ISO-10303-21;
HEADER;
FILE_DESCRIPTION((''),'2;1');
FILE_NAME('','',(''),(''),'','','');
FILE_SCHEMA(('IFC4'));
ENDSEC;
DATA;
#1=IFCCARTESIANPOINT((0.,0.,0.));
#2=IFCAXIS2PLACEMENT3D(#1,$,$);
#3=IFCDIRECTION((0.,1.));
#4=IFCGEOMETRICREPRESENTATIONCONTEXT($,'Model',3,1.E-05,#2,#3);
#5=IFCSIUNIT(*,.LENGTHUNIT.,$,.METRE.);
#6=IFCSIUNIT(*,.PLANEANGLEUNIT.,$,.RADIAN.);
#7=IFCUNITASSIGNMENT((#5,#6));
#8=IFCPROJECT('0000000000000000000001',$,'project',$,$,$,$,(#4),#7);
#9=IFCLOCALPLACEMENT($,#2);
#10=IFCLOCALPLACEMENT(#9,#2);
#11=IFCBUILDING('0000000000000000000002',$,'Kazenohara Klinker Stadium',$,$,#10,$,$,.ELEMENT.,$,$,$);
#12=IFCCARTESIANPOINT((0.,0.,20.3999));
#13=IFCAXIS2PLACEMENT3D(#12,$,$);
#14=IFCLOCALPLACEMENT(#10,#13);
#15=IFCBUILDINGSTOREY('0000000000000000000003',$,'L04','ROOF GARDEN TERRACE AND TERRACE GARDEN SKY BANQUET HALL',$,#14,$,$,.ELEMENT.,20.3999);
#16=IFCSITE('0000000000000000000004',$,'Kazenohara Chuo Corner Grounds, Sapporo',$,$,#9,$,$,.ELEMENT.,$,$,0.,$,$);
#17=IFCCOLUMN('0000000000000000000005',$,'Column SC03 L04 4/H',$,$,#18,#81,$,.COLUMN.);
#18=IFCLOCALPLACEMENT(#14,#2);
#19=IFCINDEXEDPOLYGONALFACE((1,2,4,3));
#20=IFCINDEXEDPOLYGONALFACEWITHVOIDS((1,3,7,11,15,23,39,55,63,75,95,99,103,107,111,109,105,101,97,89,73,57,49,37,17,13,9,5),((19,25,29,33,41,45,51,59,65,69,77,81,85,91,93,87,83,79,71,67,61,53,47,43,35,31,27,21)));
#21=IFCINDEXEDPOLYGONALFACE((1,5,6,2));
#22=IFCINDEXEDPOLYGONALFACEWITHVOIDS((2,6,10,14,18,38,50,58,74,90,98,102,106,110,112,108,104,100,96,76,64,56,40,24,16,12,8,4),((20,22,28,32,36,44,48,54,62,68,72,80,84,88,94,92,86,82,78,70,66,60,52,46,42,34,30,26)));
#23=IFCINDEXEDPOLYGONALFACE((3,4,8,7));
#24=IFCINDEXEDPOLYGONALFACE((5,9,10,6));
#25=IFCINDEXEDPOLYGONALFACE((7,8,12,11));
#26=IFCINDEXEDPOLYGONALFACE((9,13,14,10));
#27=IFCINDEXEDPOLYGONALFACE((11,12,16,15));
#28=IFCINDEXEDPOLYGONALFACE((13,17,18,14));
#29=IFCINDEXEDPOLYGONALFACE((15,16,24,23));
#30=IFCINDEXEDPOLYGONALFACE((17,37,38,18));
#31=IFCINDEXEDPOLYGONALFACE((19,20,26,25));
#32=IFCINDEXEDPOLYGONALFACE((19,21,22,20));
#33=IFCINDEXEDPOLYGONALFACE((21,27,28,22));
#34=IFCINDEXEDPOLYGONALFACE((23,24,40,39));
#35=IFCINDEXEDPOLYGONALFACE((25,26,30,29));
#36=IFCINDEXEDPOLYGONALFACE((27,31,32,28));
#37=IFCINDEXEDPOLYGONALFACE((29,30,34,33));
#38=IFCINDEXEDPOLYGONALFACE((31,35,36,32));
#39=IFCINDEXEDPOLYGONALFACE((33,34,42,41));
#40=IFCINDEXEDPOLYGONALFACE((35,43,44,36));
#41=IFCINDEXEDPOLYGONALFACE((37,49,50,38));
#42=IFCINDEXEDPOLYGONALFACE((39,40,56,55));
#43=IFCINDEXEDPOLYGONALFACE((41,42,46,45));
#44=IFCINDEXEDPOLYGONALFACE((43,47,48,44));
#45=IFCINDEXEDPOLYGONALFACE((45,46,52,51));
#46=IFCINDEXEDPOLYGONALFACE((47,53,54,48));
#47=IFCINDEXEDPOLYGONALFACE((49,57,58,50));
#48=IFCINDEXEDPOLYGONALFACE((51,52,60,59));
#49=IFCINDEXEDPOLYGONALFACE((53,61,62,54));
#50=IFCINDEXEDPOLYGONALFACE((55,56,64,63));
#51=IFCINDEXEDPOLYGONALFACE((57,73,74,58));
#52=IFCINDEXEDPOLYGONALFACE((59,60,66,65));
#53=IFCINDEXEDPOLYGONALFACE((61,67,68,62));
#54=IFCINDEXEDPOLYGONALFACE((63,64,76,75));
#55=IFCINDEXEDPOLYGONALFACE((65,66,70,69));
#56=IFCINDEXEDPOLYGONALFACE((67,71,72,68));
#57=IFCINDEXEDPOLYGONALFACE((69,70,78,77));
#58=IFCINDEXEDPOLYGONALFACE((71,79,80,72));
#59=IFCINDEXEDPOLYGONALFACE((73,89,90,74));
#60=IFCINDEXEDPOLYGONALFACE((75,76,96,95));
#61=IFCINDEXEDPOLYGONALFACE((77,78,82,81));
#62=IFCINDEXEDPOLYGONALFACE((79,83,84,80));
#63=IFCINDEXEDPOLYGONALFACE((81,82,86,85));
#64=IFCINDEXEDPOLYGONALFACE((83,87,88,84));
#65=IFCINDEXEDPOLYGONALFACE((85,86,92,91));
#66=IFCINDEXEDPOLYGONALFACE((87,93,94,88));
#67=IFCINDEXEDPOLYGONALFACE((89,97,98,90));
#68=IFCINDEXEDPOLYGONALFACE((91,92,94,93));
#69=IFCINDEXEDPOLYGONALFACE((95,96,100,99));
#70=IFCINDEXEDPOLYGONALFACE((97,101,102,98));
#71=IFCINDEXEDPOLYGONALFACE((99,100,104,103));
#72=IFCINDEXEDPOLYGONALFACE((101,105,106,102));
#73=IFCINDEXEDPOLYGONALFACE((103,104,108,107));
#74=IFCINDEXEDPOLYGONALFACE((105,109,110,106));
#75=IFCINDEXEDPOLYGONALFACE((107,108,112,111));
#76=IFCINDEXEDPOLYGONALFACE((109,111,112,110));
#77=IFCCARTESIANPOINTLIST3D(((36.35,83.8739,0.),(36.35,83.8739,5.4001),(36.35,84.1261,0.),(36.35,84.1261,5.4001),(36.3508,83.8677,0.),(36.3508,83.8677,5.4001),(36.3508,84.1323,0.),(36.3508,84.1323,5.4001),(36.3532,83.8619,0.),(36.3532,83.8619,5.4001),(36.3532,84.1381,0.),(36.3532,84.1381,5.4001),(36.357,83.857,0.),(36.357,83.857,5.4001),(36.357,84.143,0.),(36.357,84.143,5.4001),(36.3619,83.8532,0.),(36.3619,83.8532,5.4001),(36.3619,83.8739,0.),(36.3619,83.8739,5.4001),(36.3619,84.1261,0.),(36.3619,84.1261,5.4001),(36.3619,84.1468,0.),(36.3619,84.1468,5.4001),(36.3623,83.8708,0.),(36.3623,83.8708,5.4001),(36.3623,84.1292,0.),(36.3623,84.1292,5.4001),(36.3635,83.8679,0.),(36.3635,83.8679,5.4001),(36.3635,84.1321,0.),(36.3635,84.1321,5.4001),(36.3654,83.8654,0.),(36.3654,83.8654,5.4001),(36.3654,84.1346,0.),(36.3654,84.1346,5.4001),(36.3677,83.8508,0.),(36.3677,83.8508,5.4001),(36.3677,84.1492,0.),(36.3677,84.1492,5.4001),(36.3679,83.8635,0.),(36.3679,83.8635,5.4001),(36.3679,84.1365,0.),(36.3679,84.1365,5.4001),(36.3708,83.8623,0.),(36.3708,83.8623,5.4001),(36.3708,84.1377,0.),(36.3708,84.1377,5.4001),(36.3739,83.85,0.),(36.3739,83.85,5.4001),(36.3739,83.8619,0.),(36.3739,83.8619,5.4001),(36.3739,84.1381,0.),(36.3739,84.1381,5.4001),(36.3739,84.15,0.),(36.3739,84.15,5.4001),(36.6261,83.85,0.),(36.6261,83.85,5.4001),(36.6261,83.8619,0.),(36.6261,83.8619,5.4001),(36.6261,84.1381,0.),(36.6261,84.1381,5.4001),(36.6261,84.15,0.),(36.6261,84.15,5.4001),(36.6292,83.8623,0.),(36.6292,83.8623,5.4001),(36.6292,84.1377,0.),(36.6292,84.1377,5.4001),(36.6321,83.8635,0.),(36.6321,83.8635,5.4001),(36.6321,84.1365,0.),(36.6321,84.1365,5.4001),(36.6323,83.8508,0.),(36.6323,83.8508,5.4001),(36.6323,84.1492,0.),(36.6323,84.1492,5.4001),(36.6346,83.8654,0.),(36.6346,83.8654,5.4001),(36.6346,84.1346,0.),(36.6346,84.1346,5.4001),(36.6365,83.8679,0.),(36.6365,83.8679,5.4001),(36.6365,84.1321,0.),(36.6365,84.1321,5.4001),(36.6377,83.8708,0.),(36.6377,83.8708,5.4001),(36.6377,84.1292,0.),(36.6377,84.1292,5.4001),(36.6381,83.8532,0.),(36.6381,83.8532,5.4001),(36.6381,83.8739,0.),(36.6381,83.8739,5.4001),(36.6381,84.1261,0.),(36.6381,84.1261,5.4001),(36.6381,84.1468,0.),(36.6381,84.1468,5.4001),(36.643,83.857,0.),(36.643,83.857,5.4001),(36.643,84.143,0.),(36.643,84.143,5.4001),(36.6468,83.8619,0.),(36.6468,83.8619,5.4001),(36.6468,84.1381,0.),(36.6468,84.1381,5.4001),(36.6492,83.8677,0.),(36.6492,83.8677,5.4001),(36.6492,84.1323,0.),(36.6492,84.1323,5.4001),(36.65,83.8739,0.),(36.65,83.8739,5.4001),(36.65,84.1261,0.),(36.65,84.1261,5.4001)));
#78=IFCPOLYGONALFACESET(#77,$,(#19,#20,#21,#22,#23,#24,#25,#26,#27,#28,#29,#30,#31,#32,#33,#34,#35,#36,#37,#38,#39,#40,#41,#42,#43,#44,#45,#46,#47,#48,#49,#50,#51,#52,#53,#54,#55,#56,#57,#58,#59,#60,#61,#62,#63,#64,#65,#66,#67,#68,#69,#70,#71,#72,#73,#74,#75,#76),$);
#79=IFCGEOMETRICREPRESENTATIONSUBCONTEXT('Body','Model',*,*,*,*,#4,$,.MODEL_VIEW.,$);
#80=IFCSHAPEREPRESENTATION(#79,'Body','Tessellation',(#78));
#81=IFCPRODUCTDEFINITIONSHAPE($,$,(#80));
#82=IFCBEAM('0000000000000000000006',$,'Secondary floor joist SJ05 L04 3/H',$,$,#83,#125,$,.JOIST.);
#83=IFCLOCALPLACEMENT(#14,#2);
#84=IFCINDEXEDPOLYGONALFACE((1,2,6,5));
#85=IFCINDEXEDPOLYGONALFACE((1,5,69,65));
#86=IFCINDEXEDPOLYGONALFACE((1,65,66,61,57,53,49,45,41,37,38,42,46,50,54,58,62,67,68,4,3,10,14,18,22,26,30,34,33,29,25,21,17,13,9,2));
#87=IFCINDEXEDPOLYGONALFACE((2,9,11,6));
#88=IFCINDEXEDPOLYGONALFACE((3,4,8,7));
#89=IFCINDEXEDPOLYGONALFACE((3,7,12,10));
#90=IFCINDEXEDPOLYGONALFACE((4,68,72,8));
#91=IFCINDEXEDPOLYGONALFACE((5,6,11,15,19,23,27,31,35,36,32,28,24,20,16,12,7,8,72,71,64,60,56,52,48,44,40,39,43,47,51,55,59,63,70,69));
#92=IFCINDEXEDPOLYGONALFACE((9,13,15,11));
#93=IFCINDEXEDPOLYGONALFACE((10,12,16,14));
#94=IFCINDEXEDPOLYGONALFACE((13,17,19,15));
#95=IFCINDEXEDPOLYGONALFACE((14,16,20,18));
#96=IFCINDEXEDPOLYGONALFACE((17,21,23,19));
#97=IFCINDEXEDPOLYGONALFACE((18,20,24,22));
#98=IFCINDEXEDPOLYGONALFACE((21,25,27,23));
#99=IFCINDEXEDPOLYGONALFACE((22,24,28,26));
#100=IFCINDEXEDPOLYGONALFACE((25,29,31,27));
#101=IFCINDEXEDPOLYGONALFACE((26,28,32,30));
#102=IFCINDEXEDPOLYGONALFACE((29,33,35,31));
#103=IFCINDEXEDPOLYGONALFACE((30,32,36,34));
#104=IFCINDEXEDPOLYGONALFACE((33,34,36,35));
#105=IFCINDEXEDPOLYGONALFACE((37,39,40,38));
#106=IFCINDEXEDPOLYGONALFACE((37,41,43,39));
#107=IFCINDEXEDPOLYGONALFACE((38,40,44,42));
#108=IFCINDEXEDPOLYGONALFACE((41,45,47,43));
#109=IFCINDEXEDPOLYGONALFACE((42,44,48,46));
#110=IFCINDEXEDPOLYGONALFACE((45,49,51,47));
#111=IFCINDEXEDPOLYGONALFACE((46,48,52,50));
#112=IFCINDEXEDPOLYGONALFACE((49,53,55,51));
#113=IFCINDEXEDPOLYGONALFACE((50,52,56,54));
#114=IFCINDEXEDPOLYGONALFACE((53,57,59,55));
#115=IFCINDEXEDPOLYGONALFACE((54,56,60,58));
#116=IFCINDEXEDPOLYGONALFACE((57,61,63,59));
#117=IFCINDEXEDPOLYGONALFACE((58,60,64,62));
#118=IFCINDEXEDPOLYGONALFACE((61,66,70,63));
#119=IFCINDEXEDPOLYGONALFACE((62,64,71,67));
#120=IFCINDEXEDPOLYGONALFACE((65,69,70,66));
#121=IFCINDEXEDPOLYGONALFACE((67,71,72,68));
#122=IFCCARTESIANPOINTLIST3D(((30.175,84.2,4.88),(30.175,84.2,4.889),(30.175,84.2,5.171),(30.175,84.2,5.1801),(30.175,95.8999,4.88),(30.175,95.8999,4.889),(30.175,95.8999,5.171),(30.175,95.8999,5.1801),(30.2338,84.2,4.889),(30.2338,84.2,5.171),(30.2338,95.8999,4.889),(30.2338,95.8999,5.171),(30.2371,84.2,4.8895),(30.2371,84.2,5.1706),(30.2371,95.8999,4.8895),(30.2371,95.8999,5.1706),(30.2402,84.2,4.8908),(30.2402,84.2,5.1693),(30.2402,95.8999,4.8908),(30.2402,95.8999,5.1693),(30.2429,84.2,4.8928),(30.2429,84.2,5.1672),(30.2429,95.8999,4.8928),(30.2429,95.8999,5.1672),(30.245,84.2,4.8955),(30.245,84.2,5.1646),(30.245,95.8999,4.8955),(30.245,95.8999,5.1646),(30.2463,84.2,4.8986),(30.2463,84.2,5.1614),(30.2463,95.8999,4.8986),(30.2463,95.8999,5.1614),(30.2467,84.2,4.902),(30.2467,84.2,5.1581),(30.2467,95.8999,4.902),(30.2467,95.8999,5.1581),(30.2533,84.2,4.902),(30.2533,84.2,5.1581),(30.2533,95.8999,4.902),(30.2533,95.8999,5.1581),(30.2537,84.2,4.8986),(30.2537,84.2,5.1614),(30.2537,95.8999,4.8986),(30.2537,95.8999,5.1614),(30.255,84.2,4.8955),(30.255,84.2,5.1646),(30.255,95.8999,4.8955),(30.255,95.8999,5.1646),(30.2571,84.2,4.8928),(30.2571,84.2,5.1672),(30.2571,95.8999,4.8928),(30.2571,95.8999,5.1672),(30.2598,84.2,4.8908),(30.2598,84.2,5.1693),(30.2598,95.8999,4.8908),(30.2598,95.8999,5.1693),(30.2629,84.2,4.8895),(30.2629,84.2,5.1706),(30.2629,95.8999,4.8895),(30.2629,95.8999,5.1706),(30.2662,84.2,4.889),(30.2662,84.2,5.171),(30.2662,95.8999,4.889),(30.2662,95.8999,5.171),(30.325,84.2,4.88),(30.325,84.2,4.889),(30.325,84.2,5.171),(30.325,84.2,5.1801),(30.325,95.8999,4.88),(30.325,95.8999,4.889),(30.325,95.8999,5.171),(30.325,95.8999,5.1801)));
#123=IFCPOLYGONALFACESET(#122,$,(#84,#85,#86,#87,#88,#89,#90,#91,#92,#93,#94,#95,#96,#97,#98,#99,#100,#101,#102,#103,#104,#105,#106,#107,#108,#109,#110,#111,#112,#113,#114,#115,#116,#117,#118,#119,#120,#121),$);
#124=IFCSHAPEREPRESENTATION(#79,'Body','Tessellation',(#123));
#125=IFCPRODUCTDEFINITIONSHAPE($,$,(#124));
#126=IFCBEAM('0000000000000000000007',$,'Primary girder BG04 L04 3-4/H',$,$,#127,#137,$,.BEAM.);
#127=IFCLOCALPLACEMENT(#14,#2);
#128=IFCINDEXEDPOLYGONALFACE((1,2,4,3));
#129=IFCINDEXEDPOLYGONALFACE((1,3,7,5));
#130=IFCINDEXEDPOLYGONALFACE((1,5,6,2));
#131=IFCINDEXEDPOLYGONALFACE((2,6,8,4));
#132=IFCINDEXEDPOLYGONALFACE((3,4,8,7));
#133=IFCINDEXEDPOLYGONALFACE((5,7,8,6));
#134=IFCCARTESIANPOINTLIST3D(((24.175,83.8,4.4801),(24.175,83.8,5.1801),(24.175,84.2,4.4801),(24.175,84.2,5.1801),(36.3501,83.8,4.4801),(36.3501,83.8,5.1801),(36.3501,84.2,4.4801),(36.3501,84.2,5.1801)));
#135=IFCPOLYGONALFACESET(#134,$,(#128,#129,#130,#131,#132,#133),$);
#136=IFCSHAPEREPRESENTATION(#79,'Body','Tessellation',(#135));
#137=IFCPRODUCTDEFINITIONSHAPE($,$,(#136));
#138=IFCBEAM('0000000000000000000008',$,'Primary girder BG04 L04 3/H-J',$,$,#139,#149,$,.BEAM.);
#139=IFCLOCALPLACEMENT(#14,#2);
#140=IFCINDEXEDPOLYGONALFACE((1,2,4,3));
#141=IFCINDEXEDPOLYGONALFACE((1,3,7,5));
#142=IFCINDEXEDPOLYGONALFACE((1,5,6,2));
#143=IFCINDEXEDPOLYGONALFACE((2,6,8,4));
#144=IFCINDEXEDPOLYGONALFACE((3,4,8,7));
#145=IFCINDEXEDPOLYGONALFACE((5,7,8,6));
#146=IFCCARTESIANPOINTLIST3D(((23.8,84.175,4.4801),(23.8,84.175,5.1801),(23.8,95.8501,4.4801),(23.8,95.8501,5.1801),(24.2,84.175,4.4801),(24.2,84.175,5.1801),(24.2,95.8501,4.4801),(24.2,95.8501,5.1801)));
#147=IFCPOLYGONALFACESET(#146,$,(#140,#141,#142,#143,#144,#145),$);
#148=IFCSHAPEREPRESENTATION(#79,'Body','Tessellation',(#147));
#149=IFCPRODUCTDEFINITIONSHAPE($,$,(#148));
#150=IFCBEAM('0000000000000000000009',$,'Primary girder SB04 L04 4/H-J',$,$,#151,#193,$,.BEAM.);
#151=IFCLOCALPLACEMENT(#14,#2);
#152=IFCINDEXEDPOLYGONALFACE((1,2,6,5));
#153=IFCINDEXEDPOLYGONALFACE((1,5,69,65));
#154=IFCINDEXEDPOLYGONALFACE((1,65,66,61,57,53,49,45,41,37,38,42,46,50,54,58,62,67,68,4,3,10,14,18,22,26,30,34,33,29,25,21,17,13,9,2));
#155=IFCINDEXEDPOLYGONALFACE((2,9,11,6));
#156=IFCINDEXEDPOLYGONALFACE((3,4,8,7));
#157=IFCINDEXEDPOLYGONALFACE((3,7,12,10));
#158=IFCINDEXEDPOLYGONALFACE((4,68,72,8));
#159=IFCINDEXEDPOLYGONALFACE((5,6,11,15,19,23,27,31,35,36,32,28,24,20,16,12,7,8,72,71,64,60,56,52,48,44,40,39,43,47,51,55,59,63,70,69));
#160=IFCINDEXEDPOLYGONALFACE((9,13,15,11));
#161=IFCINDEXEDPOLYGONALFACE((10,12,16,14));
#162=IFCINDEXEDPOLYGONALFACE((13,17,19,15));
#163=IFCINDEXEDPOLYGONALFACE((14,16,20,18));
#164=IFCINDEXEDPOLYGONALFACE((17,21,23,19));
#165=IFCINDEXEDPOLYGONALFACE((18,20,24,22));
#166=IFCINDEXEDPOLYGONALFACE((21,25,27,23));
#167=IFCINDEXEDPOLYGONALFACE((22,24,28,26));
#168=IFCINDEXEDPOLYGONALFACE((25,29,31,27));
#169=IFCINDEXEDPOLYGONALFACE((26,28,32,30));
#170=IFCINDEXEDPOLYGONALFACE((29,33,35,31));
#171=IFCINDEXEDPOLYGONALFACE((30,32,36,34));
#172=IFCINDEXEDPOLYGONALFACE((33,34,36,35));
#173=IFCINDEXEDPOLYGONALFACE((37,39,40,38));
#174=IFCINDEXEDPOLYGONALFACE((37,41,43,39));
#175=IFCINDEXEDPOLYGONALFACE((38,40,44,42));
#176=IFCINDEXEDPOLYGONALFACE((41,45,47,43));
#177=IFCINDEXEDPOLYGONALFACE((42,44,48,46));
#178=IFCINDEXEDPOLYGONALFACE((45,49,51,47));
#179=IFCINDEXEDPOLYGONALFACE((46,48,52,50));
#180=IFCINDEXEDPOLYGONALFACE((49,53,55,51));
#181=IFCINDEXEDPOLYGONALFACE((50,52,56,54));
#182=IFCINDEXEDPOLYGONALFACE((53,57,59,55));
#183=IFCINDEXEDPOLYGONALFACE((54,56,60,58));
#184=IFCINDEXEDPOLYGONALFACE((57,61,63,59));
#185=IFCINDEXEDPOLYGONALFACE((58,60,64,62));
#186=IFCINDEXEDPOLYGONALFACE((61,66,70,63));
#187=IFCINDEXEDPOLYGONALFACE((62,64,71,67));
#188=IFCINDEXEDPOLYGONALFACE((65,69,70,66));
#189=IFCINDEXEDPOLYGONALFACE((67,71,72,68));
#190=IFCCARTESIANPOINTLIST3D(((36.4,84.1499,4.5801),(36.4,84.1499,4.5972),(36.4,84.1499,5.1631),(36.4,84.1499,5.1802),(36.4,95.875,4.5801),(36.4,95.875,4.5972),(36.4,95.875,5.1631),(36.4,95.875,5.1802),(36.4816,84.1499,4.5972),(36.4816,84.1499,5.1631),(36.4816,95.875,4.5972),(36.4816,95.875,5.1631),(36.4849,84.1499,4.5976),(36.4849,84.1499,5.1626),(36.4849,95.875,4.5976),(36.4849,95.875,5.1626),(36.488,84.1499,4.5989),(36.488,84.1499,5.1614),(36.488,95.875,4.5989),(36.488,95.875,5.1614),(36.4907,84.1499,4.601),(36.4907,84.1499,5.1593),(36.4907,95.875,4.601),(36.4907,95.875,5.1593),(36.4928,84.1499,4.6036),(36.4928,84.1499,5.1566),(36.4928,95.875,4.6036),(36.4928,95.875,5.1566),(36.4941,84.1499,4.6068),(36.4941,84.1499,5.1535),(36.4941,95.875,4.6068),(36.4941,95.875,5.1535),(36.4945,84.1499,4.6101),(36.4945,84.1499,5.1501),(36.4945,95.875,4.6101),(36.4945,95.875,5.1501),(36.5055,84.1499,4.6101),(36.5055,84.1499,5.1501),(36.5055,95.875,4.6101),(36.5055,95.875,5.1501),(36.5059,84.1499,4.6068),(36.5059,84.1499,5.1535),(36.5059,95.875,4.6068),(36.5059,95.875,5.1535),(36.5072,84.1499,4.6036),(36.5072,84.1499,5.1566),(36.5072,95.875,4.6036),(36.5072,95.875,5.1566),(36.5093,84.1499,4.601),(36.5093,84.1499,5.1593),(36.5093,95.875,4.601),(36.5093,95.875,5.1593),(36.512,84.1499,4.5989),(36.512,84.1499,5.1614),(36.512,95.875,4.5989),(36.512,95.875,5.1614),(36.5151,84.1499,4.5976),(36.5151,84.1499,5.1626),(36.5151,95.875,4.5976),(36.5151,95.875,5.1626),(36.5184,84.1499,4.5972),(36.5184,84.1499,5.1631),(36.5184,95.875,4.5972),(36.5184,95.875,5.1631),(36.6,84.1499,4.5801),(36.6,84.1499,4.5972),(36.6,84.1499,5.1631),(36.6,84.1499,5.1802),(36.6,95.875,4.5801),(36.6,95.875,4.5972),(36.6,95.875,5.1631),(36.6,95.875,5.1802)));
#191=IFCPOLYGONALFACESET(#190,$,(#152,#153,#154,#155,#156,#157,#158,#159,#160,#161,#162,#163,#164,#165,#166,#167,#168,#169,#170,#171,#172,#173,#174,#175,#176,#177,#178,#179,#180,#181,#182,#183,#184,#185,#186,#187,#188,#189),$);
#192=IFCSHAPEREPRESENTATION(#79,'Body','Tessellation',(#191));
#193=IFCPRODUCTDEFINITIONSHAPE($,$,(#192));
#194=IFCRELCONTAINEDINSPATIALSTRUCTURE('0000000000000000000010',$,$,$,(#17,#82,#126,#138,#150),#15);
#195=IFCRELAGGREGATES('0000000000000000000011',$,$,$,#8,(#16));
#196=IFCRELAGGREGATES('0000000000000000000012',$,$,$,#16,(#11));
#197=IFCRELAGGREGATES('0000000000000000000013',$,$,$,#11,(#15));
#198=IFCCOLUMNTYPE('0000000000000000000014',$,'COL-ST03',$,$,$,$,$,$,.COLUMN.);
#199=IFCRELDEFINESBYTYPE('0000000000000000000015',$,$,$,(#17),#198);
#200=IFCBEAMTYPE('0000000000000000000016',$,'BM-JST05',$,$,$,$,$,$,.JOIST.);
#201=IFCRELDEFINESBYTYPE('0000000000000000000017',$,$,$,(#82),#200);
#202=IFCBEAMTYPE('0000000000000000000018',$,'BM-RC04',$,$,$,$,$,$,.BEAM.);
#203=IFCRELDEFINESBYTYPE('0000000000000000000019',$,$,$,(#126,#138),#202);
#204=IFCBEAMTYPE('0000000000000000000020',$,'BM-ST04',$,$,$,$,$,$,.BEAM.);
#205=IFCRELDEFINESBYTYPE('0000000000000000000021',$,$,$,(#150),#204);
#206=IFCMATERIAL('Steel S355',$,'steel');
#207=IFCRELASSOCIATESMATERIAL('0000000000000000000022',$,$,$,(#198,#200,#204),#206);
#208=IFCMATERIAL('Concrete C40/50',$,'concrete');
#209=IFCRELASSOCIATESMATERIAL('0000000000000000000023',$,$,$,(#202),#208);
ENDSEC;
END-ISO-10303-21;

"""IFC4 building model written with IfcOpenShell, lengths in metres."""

from ifc_helpers import new_model, si_unit, direction, frame, origin, origin_2d, place, context, subcontext, project, spatial, rectangle, hollow_rectangle, i_section, extrude, material, material_profile, profile_set, type_object, element, save


model = new_model("IFC4")

# Units and contexts
model_context = context("Model", 3, precision=1e-05, world=origin(), true_north=direction((0.0, 1.0)))
body_context = subcontext(model_context, "Body", "Model", "MODEL_VIEW")
ifc_project = project(units=[si_unit("LENGTHUNIT", "METRE"), si_unit("PLANEANGLEUNIT", "RADIAN")], contexts=[model_context])

# Site, building, storey
site_placement = place(None, origin())
site = spatial("IfcSite", under=ifc_project, at=site_placement, Name="Kazenohara Chuo Corner Grounds, Sapporo", CompositionType="ELEMENT", RefElevation=0.0)
building_placement = place(site_placement, origin())
building = spatial("IfcBuilding", under=site, at=building_placement, Name="Kazenohara Klinker Stadium", CompositionType="ELEMENT")
storey_placement = place(building_placement, frame((0.0, 0.0, 20.3999)))
storey = spatial("IfcBuildingStorey", under=building, at=storey_placement, Name="L04", Description="ROOF GARDEN TERRACE AND TERRACE GARDEN SKY BANQUET HALL", CompositionType="ELEMENT", Elevation=20.3999)

# Column
ifc_material_1 = material(Name="Steel S355", Category="steel")
ifc_material_profile_1 = material_profile(ifc_material_1, hollow_rectangle(XDim=0.3, YDim=0.3, WallThickness=0.012, InnerFilletRadius=0.012, OuterFilletRadius=0.0239, at=origin_2d()), Name="SHS-300x300x12")
ifc_profile_set_1 = profile_set([ifc_material_profile_1], Name="Steel S355")
column_type = type_object("IfcColumnType", Name="COL-ST03", PredefinedType="COLUMN", material=ifc_profile_set_1)
column_placement = place(storey_placement, frame((36.5, 84.0, 0.0), z_axis=(0.0, 0.0, 1.0), x_axis=(1.0, 0.0, 0.0)))
element("IfcColumn", 1, at=column_placement, inside=storey, type_object=column_type, Name="Column SC03 L04 4/H", PredefinedType="COLUMN", context=body_context, shape_type="SweptSolid", body=[
    extrude(hollow_rectangle(XDim=0.3, YDim=0.3, WallThickness=0.012, InnerFilletRadius=0.012, OuterFilletRadius=0.0239, at=origin_2d()), origin(), (0.0, 0.0, 1.0), 5.4001),
])

# Beams
ifc_material_profile_2 = material_profile(ifc_material_1, i_section(OverallWidth=0.1499, OverallDepth=0.3, WebThickness=0.0066, FlangeThickness=0.009, FilletRadius=0.0129, at=origin_2d()), Name="H-300x150x6.5x9")
ifc_profile_set_2 = profile_set([ifc_material_profile_2], Name="Steel S355")
beam_type_1 = type_object("IfcBeamType", Name="BM-JST05", PredefinedType="JOIST", material=ifc_profile_set_2)
beam_1_placement = place(storey_placement, frame((30.25, 84.2, 5.03), z_axis=(0.0, 1.0, 0.0), x_axis=(-1.0, 0.0, 0.0)))
element("IfcBeam", 2, at=beam_1_placement, inside=storey, type_object=beam_type_1, Name="Secondary floor joist SJ05 L04 3/H", PredefinedType="JOIST", context=body_context, shape_type="SweptSolid", body=[
    extrude(i_section(OverallWidth=0.1499, OverallDepth=0.3, WebThickness=0.0066, FlangeThickness=0.009, FilletRadius=0.0129, at=origin_2d()), origin(), (0.0, 0.0, 1.0), 11.7),
])
ifc_material_2 = material(Name="Concrete C40/50", Category="concrete")
ifc_material_profile_3 = material_profile(ifc_material_2, rectangle(XDim=0.3999, YDim=0.7, at=origin_2d()), Name="RC-BM-400x700")
ifc_profile_set_3 = profile_set([ifc_material_profile_3], Name="Concrete C40/50")
beam_type_2 = type_object("IfcBeamType", Name="BM-RC04", PredefinedType="BEAM", material=ifc_profile_set_3)
beam_2_placement = place(storey_placement, frame((24.175, 84.0, 4.8301), z_axis=(1.0, 0.0, 0.0), x_axis=(0.0, 1.0, 0.0)))
element("IfcBeam", 3, at=beam_2_placement, inside=storey, type_object=beam_type_2, Name="Primary girder BG04 L04 3-4/H", PredefinedType="BEAM", context=body_context, shape_type="SweptSolid", body=[
    extrude(rectangle(XDim=0.3999, YDim=0.7, at=origin_2d()), origin(), (0.0, 0.0, 1.0), 12.175),
])
beam_3_placement = place(storey_placement, frame((24.0, 84.175, 4.8301), z_axis=(0.0, 1.0, 0.0), x_axis=(-1.0, 0.0, 0.0)))
element("IfcBeam", 4, at=beam_3_placement, inside=storey, type_object=beam_type_2, Name="Primary girder BG04 L04 3/H-J", PredefinedType="BEAM", context=body_context, shape_type="SweptSolid", body=[
    extrude(rectangle(XDim=0.3999, YDim=0.7, at=origin_2d()), origin(), (0.0, 0.0, 1.0), 11.675),
])
ifc_material_profile_4 = material_profile(ifc_material_1, i_section(OverallWidth=0.2, OverallDepth=0.6001, WebThickness=0.011, FlangeThickness=0.0171, FilletRadius=0.0129, at=origin_2d()), Name="H-600x200x11x17")
ifc_profile_set_4 = profile_set([ifc_material_profile_4], Name="Steel S355")
beam_type_3 = type_object("IfcBeamType", Name="BM-ST04", PredefinedType="BEAM", material=ifc_profile_set_4)
beam_4_placement = place(storey_placement, frame((36.5, 84.1499, 4.8801), z_axis=(0.0, 1.0, 0.0), x_axis=(-1.0, 0.0, 0.0)))
element("IfcBeam", 5, at=beam_4_placement, inside=storey, type_object=beam_type_3, Name="Primary girder SB04 L04 4/H-J", PredefinedType="BEAM", context=body_context, shape_type="SweptSolid", body=[
    extrude(i_section(OverallWidth=0.2, OverallDepth=0.6001, WebThickness=0.011, FlangeThickness=0.0171, FilletRadius=0.0129, at=origin_2d()), origin(), (0.0, 0.0, 1.0), 11.7251),
])

save(model, "model.ifc")
